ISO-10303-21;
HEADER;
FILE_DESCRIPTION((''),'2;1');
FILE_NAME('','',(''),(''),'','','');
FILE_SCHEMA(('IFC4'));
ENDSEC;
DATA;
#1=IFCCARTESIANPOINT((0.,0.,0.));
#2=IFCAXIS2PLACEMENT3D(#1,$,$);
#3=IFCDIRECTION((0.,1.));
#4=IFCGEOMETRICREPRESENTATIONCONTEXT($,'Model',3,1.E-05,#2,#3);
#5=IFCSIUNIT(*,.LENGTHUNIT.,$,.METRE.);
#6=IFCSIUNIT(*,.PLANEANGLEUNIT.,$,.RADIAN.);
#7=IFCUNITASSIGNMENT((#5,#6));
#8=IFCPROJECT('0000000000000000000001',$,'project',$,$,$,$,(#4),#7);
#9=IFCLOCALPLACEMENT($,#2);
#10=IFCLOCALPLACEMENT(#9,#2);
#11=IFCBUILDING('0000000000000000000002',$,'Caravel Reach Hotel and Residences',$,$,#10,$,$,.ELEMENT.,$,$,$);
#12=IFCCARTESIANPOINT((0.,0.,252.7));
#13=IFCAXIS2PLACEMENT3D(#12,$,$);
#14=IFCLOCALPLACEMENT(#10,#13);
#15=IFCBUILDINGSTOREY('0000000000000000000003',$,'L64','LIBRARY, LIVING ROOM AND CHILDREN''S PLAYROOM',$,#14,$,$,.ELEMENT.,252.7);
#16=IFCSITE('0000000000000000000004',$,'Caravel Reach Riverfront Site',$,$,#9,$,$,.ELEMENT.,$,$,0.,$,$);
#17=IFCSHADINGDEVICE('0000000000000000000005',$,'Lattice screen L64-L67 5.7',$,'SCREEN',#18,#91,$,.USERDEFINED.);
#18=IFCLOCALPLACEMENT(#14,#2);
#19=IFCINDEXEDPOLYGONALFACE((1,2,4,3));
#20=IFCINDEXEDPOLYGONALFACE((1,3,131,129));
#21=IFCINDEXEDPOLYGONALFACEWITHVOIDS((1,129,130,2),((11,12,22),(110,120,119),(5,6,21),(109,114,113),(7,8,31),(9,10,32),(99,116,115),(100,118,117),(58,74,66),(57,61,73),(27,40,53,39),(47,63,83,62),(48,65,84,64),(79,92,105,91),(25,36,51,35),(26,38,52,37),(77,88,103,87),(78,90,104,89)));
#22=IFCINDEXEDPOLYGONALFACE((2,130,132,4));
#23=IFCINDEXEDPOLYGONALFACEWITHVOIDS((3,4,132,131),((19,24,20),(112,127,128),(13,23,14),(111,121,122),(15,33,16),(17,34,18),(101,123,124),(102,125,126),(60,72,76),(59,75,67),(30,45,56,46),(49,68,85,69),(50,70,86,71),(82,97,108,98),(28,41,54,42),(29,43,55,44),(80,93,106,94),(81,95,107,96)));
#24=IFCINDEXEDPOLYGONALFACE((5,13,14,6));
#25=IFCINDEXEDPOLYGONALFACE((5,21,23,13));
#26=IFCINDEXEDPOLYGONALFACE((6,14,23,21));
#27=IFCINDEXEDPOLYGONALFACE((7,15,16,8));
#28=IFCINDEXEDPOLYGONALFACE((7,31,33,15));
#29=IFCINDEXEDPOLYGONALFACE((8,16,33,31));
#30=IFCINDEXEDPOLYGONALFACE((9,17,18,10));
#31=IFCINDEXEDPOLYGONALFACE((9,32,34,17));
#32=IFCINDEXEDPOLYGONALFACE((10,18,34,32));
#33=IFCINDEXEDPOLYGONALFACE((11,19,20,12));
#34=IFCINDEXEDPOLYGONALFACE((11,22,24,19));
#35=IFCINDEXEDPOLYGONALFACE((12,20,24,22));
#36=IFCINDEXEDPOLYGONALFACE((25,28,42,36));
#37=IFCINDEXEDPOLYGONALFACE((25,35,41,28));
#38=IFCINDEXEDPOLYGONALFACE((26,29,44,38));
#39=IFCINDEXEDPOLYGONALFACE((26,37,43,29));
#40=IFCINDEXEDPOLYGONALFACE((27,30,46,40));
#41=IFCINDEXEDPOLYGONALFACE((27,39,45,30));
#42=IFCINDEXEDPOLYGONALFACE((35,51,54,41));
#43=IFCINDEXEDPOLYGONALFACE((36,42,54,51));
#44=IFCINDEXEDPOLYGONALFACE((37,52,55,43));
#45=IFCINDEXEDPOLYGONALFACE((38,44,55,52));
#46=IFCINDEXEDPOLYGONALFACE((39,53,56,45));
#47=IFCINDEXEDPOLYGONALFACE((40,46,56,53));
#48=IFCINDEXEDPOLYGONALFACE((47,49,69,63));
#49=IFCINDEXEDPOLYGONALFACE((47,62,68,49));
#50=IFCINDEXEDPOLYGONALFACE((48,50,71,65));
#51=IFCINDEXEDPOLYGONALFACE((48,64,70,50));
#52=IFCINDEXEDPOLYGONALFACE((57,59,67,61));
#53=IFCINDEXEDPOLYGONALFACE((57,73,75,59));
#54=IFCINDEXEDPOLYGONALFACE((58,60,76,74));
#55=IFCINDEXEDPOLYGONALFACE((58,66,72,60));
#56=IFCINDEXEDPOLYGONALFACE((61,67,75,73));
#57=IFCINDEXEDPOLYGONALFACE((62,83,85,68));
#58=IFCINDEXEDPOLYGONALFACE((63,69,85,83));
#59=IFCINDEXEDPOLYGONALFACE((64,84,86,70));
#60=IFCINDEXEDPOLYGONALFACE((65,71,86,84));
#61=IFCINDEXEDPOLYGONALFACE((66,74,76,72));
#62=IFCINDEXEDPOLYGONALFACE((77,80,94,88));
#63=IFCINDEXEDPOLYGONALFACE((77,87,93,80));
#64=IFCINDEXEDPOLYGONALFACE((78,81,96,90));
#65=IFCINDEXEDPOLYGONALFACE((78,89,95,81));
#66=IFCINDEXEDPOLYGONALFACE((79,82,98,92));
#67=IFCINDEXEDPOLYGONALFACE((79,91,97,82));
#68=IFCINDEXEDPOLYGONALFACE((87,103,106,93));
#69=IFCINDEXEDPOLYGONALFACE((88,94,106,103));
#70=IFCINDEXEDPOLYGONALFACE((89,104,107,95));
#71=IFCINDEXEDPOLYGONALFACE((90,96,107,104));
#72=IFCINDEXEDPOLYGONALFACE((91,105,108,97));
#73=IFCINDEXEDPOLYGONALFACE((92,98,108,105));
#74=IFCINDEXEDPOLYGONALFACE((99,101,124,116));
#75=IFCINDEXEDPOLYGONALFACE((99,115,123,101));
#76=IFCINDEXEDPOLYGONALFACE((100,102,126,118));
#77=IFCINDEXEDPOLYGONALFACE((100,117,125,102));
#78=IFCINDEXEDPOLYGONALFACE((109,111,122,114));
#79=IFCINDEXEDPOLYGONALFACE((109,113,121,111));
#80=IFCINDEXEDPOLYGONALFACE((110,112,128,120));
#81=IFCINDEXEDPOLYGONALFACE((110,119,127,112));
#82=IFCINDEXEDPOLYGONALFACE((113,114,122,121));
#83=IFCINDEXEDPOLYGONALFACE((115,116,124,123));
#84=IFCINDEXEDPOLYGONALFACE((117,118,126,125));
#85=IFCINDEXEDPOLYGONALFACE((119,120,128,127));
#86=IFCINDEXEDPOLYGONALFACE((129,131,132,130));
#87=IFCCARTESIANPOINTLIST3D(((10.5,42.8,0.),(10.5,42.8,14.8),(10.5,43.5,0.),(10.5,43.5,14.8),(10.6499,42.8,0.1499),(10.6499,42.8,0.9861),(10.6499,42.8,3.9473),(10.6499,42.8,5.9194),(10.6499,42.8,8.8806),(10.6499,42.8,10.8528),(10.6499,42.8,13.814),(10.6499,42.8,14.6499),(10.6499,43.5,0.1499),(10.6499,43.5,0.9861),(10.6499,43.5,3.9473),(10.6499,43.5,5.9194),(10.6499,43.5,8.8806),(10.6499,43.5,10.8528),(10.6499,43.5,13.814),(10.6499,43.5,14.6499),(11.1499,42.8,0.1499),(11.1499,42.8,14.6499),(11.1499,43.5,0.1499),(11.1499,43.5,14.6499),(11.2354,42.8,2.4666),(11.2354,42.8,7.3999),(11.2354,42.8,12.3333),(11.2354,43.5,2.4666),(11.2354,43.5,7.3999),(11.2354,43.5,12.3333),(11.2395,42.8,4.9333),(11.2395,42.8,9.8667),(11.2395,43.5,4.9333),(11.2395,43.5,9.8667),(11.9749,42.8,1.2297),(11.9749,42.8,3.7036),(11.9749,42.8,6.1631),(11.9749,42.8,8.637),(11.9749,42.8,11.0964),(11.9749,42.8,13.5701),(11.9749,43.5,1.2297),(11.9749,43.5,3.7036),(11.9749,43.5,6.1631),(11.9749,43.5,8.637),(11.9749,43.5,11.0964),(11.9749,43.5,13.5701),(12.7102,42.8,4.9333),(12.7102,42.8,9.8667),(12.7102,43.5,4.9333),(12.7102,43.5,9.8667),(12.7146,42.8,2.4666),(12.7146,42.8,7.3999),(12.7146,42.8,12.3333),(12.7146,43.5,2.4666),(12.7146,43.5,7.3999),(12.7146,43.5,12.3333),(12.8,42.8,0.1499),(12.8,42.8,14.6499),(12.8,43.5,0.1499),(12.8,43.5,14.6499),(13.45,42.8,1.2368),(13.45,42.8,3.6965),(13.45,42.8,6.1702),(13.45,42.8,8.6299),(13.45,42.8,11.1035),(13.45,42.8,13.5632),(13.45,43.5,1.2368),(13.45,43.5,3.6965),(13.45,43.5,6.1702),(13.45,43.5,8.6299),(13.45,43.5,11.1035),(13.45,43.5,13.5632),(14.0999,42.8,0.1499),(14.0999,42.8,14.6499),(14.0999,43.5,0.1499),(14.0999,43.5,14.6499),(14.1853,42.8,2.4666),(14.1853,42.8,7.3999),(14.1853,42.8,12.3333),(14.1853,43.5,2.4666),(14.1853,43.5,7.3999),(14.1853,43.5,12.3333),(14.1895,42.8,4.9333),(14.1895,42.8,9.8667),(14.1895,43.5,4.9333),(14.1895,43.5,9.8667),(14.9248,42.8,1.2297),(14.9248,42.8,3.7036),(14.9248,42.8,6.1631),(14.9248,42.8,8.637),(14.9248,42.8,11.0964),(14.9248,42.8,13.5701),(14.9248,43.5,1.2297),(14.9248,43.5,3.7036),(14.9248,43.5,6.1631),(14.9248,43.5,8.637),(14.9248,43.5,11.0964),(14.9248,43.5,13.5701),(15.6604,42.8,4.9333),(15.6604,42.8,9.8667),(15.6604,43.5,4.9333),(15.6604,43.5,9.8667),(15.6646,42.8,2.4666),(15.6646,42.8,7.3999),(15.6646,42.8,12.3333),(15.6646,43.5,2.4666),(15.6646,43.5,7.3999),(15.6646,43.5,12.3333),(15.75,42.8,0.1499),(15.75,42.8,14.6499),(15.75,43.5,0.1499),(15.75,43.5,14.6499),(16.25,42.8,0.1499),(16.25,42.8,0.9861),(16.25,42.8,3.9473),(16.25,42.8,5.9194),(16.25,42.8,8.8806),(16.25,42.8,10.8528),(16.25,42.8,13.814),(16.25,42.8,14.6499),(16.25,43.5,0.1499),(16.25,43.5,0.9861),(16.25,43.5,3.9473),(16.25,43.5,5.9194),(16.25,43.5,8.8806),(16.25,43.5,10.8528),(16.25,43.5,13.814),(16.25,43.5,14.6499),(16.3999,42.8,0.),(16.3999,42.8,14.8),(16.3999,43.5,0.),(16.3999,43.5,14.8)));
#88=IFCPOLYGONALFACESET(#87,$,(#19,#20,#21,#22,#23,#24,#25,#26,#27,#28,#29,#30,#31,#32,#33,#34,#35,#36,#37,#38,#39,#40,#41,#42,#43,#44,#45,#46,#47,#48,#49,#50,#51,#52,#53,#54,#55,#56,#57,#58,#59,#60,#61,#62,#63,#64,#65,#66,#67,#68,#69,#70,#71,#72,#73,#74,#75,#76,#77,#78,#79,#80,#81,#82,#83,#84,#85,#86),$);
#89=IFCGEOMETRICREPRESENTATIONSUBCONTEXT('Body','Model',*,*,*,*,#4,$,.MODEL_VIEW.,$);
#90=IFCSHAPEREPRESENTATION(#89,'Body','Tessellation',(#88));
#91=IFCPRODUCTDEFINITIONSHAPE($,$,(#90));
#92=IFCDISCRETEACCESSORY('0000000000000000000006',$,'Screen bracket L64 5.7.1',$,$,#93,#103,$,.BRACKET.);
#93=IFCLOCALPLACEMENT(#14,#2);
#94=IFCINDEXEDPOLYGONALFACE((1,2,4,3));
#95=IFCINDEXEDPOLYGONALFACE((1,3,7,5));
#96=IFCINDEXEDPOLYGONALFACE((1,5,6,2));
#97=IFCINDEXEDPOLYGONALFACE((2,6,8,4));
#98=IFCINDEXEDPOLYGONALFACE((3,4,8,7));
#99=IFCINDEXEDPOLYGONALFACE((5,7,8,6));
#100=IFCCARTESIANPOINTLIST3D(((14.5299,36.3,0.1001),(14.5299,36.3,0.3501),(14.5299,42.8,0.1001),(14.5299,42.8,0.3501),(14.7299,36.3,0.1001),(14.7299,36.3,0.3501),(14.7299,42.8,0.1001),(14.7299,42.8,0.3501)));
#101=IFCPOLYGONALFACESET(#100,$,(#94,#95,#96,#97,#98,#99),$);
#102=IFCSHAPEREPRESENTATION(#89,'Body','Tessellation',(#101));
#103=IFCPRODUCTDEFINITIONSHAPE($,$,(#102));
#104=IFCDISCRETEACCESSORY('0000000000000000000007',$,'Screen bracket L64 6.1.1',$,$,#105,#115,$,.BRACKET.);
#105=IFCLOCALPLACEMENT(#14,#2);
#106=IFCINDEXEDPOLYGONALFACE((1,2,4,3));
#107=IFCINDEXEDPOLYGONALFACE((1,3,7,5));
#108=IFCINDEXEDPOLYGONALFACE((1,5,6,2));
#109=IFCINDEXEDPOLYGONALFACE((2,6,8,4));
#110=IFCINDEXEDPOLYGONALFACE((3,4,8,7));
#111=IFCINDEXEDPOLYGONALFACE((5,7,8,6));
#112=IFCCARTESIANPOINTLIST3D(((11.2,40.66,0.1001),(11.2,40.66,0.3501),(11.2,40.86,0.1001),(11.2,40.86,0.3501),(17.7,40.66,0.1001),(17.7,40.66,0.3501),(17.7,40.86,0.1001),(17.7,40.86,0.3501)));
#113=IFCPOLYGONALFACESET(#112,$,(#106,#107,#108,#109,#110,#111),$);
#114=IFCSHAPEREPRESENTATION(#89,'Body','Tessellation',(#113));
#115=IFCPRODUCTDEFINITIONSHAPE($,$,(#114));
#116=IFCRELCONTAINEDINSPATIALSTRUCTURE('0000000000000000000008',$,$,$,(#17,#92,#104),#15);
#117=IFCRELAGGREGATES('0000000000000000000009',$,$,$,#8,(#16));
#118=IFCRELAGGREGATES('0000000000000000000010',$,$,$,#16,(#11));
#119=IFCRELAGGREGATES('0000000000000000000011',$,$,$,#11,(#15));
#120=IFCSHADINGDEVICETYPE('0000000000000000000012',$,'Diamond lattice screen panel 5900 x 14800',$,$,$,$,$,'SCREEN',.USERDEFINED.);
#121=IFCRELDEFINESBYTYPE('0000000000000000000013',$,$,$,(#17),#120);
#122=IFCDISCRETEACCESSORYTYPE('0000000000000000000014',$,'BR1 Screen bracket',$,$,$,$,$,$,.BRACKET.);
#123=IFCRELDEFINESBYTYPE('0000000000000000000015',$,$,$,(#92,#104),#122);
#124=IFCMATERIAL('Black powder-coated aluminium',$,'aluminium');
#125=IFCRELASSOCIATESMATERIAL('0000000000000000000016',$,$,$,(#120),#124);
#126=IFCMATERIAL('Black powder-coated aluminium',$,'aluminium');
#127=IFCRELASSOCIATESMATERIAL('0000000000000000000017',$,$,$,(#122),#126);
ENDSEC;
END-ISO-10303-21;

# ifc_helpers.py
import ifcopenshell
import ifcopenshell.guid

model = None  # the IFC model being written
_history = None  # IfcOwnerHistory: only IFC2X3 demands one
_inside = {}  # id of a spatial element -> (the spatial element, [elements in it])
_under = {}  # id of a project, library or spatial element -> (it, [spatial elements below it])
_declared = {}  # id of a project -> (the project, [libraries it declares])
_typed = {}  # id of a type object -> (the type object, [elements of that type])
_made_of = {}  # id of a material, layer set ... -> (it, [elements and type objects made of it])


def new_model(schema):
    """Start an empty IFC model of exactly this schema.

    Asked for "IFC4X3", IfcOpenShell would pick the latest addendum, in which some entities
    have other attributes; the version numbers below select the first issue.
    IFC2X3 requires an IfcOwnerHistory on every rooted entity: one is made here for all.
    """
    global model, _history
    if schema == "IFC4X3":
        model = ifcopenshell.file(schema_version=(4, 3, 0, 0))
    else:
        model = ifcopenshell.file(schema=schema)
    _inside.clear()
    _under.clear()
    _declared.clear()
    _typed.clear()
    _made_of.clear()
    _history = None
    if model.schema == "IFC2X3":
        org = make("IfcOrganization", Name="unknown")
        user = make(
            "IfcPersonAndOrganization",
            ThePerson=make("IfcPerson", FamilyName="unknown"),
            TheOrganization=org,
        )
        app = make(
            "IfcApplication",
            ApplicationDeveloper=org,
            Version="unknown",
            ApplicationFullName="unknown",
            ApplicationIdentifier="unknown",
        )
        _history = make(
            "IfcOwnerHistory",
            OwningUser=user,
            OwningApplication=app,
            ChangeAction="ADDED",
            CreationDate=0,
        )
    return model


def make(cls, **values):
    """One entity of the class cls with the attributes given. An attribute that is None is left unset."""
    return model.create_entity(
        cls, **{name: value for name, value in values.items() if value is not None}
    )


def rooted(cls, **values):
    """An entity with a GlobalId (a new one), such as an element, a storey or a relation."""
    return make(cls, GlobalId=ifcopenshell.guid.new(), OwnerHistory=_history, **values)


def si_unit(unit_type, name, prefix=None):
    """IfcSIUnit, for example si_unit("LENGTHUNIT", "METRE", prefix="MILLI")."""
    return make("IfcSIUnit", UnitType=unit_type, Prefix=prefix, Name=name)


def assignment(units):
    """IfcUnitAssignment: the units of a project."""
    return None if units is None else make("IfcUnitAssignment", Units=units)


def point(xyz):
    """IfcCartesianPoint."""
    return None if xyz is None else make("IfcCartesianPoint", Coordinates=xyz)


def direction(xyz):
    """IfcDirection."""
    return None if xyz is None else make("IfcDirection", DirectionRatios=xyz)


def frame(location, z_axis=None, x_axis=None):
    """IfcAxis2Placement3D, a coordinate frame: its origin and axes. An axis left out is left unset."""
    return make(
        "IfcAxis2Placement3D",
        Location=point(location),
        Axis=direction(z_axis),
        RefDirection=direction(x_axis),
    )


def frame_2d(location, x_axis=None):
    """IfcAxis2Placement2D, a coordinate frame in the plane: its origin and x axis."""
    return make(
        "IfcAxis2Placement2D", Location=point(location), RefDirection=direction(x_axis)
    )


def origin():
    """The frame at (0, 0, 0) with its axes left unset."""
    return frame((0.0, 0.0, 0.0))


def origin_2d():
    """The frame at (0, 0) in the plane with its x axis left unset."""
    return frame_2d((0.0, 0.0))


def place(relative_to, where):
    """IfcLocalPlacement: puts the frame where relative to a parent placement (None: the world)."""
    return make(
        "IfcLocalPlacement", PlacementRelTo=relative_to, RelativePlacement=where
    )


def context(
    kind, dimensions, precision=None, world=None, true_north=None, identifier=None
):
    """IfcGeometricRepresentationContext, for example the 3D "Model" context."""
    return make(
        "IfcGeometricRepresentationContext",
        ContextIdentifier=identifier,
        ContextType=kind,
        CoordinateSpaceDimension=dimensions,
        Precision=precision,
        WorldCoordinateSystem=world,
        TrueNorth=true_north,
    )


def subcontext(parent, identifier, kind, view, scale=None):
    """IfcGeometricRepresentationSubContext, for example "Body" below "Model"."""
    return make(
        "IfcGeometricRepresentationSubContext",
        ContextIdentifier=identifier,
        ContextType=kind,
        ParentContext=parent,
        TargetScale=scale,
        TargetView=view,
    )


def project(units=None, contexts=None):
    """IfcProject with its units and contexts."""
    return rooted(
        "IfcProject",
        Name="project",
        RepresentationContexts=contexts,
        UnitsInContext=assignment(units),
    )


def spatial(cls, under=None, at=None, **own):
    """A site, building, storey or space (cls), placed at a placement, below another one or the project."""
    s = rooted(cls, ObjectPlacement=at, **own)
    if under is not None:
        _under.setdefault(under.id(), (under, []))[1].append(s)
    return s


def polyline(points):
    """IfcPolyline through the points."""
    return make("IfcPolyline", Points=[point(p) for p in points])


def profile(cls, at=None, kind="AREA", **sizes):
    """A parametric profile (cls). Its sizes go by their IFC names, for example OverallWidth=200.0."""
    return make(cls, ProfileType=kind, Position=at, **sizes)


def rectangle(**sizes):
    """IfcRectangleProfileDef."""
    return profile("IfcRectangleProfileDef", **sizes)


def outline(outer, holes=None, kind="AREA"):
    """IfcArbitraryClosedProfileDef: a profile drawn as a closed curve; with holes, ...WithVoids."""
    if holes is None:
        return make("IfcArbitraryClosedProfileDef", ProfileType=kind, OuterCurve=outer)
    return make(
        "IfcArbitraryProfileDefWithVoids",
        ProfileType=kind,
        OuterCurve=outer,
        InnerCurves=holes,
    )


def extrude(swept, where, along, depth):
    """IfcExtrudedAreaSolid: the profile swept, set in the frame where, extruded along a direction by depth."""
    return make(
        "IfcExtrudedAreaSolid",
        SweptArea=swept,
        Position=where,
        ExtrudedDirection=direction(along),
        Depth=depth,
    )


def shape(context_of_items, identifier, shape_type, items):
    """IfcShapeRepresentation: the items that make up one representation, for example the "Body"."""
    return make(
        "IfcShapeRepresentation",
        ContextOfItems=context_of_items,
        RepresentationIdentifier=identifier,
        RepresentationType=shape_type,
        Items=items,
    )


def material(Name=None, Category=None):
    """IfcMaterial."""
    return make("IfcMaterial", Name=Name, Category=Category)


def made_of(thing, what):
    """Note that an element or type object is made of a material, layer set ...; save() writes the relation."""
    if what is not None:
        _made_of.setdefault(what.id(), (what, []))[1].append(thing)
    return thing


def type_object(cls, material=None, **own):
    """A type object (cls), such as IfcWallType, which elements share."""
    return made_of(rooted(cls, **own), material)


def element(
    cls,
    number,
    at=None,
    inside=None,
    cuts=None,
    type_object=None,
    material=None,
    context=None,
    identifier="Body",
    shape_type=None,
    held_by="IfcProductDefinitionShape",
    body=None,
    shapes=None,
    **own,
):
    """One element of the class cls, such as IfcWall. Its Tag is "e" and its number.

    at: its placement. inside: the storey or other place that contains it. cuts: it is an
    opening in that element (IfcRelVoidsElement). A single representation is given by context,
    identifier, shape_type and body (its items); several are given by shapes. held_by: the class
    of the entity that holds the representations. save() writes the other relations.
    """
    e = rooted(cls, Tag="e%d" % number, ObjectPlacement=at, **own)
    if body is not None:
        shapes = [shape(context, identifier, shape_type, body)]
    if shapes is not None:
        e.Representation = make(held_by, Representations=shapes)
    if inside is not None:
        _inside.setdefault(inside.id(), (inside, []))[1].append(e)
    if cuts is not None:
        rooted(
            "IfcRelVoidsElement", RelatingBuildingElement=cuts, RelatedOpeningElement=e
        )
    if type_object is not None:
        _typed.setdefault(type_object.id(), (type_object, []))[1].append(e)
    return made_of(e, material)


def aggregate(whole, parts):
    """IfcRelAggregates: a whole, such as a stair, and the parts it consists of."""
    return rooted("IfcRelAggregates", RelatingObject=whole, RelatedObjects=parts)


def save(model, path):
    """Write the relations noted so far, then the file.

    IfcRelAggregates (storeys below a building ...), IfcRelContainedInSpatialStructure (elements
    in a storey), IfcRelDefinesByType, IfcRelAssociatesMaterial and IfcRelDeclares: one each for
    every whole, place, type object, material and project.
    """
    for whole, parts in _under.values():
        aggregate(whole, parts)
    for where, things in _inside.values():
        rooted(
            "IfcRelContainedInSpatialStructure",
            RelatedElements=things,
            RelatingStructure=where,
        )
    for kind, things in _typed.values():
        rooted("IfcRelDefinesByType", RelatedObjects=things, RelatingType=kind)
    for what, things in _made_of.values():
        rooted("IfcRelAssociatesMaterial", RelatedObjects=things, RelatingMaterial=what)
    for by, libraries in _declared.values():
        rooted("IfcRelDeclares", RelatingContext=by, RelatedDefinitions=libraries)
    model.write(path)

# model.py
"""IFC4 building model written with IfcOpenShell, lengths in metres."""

from ifc_helpers import new_model, si_unit, direction, frame, origin, origin_2d, place, context, subcontext, project, spatial, polyline, rectangle, outline, extrude, material, type_object, element, save


model = new_model("IFC4")

# Units and contexts
model_context = context("Model", 3, precision=1e-05, world=origin(), true_north=direction((0.0, 1.0)))
body_context = subcontext(model_context, "Body", "Model", "MODEL_VIEW")
ifc_project = project(units=[si_unit("LENGTHUNIT", "METRE"), si_unit("PLANEANGLEUNIT", "RADIAN")], contexts=[model_context])

# Site, building, storey
site_placement = place(None, origin())
site = spatial("IfcSite", under=ifc_project, at=site_placement, Name="Caravel Reach Riverfront Site", CompositionType="ELEMENT", RefElevation=0.0)
building_placement = place(site_placement, origin())
building = spatial("IfcBuilding", under=site, at=building_placement, Name="Caravel Reach Hotel and Residences", CompositionType="ELEMENT")
storey_placement = place(building_placement, frame((0.0, 0.0, 252.7)))
storey = spatial("IfcBuildingStorey", under=building, at=storey_placement, Name="L64", Description="LIBRARY, LIVING ROOM AND CHILDREN'S PLAYROOM", CompositionType="ELEMENT", Elevation=252.7)

# Shading device
ifc_material_1 = material(Name="Black powder-coated aluminium", Category="aluminium")
shading_device_type_1 = type_object("IfcShadingDeviceType", Name="Diamond lattice screen panel 5900 x 14800", ElementType="SCREEN", PredefinedType="USERDEFINED", material=ifc_material_1)
shading_device_1_placement = place(storey_placement, frame((16.3999, 42.8, 0.0), z_axis=(0.0, 1.0, 0.0), x_axis=(-1.0, 0.0, 0.0)))
element("IfcShadingDevice", 1, at=shading_device_1_placement, inside=storey, type_object=shading_device_type_1, Name="Lattice screen L64-L67 5.7", ObjectType="SCREEN", PredefinedType="USERDEFINED", context=body_context, shape_type="SweptSolid", body=[
    extrude(outline(polyline([(0.0, 0.0), (5.8999, 0.0), (5.8999, 14.8), (0.0, 14.8), (0.0, 0.0)]), holes=[polyline([(0.6499, 0.1499), (0.1499, 0.9861), (0.1499, 0.1499), (0.6499, 0.1499)]), polyline([(0.7395, 4.9333), (0.1499, 5.9194), (0.1499, 3.9473), (0.7395, 4.9333)]), polyline([(0.7395, 9.8667), (0.1499, 10.8528), (0.1499, 8.8806), (0.7395, 9.8667)]), polyline([(0.1499, 13.814), (0.6499, 14.6499), (0.1499, 14.6499), (0.1499, 13.814)]), polyline([(1.4751, 3.7036), (0.7354, 2.4666), (1.4751, 1.2297), (2.2146, 2.4666), (1.4751, 3.7036)]), polyline([(1.4751, 8.637), (0.7354, 7.3999), (1.4751, 6.1631), (2.2146, 7.3999), (1.4751, 8.637)]), polyline([(1.4751, 13.5701), (0.7354, 12.3333), (1.4751, 11.0964), (2.2146, 12.3333), (1.4751, 13.5701)]), polyline([(2.95, 1.2368), (2.3, 0.1499), (3.5999, 0.1499), (2.95, 1.2368)]), polyline([(2.95, 6.1702), (2.2104, 4.9333), (2.95, 3.6965), (3.6897, 4.9333), (2.95, 6.1702)]), polyline([(2.95, 11.1035), (2.2104, 9.8667), (2.95, 8.6299), (3.6897, 9.8667), (2.95, 11.1035)]), polyline([(2.95, 13.5632), (3.5999, 14.6499), (2.3, 14.6499), (2.95, 13.5632)]), polyline([(4.425, 3.7036), (3.6853, 2.4666), (4.425, 1.2297), (5.1646, 2.4666), (4.425, 3.7036)]), polyline([(4.425, 8.637), (3.6853, 7.3999), (4.425, 6.1631), (5.1646, 7.3999), (4.425, 8.637)]), polyline([(4.425, 13.5701), (3.6853, 12.3333), (4.425, 11.0964), (5.1646, 12.3333), (4.425, 13.5701)]), polyline([(5.75, 0.9861), (5.25, 0.1499), (5.75, 0.1499), (5.75, 0.9861)]), polyline([(5.1604, 4.9333), (5.75, 3.9473), (5.75, 5.9194), (5.1604, 4.9333)]), polyline([(5.1604, 9.8667), (5.75, 8.8806), (5.75, 10.8528), (5.1604, 9.8667)]), polyline([(5.25, 14.6499), (5.75, 13.814), (5.75, 14.6499), (5.25, 14.6499)])]), origin(), (0.0, 0.0, 1.0), 0.7),
])

# Discrete accessories
ifc_material_2 = material(Name="Black powder-coated aluminium", Category="aluminium")
discrete_accessory_type = type_object("IfcDiscreteAccessoryType", Name="BR1 Screen bracket", PredefinedType="BRACKET", material=ifc_material_2)
for number, where, z_axis, x_axis, name in (
    (2, (14.6299, 39.55, 0.1001), (0.0, 0.0, 1.0), (0.0, 1.0, 0.0), "Screen bracket L64 5.7.1"),
    (3, (14.45, 40.76, 0.1001), (0.0, 0.0, 1.0), (-1.0, 0.0, 0.0), "Screen bracket L64 6.1.1"),
):
    element("IfcDiscreteAccessory", number, at=place(storey_placement, frame(where, z_axis=z_axis, x_axis=x_axis)), inside=storey, type_object=discrete_accessory_type, Name=name, PredefinedType="BRACKET", context=body_context, shape_type="SweptSolid", body=[
        extrude(rectangle(XDim=6.5, YDim=0.2, at=origin_2d()), origin(), (0.0, 0.0, 1.0), 0.25),
    ])

save(model, "model.ifc")
